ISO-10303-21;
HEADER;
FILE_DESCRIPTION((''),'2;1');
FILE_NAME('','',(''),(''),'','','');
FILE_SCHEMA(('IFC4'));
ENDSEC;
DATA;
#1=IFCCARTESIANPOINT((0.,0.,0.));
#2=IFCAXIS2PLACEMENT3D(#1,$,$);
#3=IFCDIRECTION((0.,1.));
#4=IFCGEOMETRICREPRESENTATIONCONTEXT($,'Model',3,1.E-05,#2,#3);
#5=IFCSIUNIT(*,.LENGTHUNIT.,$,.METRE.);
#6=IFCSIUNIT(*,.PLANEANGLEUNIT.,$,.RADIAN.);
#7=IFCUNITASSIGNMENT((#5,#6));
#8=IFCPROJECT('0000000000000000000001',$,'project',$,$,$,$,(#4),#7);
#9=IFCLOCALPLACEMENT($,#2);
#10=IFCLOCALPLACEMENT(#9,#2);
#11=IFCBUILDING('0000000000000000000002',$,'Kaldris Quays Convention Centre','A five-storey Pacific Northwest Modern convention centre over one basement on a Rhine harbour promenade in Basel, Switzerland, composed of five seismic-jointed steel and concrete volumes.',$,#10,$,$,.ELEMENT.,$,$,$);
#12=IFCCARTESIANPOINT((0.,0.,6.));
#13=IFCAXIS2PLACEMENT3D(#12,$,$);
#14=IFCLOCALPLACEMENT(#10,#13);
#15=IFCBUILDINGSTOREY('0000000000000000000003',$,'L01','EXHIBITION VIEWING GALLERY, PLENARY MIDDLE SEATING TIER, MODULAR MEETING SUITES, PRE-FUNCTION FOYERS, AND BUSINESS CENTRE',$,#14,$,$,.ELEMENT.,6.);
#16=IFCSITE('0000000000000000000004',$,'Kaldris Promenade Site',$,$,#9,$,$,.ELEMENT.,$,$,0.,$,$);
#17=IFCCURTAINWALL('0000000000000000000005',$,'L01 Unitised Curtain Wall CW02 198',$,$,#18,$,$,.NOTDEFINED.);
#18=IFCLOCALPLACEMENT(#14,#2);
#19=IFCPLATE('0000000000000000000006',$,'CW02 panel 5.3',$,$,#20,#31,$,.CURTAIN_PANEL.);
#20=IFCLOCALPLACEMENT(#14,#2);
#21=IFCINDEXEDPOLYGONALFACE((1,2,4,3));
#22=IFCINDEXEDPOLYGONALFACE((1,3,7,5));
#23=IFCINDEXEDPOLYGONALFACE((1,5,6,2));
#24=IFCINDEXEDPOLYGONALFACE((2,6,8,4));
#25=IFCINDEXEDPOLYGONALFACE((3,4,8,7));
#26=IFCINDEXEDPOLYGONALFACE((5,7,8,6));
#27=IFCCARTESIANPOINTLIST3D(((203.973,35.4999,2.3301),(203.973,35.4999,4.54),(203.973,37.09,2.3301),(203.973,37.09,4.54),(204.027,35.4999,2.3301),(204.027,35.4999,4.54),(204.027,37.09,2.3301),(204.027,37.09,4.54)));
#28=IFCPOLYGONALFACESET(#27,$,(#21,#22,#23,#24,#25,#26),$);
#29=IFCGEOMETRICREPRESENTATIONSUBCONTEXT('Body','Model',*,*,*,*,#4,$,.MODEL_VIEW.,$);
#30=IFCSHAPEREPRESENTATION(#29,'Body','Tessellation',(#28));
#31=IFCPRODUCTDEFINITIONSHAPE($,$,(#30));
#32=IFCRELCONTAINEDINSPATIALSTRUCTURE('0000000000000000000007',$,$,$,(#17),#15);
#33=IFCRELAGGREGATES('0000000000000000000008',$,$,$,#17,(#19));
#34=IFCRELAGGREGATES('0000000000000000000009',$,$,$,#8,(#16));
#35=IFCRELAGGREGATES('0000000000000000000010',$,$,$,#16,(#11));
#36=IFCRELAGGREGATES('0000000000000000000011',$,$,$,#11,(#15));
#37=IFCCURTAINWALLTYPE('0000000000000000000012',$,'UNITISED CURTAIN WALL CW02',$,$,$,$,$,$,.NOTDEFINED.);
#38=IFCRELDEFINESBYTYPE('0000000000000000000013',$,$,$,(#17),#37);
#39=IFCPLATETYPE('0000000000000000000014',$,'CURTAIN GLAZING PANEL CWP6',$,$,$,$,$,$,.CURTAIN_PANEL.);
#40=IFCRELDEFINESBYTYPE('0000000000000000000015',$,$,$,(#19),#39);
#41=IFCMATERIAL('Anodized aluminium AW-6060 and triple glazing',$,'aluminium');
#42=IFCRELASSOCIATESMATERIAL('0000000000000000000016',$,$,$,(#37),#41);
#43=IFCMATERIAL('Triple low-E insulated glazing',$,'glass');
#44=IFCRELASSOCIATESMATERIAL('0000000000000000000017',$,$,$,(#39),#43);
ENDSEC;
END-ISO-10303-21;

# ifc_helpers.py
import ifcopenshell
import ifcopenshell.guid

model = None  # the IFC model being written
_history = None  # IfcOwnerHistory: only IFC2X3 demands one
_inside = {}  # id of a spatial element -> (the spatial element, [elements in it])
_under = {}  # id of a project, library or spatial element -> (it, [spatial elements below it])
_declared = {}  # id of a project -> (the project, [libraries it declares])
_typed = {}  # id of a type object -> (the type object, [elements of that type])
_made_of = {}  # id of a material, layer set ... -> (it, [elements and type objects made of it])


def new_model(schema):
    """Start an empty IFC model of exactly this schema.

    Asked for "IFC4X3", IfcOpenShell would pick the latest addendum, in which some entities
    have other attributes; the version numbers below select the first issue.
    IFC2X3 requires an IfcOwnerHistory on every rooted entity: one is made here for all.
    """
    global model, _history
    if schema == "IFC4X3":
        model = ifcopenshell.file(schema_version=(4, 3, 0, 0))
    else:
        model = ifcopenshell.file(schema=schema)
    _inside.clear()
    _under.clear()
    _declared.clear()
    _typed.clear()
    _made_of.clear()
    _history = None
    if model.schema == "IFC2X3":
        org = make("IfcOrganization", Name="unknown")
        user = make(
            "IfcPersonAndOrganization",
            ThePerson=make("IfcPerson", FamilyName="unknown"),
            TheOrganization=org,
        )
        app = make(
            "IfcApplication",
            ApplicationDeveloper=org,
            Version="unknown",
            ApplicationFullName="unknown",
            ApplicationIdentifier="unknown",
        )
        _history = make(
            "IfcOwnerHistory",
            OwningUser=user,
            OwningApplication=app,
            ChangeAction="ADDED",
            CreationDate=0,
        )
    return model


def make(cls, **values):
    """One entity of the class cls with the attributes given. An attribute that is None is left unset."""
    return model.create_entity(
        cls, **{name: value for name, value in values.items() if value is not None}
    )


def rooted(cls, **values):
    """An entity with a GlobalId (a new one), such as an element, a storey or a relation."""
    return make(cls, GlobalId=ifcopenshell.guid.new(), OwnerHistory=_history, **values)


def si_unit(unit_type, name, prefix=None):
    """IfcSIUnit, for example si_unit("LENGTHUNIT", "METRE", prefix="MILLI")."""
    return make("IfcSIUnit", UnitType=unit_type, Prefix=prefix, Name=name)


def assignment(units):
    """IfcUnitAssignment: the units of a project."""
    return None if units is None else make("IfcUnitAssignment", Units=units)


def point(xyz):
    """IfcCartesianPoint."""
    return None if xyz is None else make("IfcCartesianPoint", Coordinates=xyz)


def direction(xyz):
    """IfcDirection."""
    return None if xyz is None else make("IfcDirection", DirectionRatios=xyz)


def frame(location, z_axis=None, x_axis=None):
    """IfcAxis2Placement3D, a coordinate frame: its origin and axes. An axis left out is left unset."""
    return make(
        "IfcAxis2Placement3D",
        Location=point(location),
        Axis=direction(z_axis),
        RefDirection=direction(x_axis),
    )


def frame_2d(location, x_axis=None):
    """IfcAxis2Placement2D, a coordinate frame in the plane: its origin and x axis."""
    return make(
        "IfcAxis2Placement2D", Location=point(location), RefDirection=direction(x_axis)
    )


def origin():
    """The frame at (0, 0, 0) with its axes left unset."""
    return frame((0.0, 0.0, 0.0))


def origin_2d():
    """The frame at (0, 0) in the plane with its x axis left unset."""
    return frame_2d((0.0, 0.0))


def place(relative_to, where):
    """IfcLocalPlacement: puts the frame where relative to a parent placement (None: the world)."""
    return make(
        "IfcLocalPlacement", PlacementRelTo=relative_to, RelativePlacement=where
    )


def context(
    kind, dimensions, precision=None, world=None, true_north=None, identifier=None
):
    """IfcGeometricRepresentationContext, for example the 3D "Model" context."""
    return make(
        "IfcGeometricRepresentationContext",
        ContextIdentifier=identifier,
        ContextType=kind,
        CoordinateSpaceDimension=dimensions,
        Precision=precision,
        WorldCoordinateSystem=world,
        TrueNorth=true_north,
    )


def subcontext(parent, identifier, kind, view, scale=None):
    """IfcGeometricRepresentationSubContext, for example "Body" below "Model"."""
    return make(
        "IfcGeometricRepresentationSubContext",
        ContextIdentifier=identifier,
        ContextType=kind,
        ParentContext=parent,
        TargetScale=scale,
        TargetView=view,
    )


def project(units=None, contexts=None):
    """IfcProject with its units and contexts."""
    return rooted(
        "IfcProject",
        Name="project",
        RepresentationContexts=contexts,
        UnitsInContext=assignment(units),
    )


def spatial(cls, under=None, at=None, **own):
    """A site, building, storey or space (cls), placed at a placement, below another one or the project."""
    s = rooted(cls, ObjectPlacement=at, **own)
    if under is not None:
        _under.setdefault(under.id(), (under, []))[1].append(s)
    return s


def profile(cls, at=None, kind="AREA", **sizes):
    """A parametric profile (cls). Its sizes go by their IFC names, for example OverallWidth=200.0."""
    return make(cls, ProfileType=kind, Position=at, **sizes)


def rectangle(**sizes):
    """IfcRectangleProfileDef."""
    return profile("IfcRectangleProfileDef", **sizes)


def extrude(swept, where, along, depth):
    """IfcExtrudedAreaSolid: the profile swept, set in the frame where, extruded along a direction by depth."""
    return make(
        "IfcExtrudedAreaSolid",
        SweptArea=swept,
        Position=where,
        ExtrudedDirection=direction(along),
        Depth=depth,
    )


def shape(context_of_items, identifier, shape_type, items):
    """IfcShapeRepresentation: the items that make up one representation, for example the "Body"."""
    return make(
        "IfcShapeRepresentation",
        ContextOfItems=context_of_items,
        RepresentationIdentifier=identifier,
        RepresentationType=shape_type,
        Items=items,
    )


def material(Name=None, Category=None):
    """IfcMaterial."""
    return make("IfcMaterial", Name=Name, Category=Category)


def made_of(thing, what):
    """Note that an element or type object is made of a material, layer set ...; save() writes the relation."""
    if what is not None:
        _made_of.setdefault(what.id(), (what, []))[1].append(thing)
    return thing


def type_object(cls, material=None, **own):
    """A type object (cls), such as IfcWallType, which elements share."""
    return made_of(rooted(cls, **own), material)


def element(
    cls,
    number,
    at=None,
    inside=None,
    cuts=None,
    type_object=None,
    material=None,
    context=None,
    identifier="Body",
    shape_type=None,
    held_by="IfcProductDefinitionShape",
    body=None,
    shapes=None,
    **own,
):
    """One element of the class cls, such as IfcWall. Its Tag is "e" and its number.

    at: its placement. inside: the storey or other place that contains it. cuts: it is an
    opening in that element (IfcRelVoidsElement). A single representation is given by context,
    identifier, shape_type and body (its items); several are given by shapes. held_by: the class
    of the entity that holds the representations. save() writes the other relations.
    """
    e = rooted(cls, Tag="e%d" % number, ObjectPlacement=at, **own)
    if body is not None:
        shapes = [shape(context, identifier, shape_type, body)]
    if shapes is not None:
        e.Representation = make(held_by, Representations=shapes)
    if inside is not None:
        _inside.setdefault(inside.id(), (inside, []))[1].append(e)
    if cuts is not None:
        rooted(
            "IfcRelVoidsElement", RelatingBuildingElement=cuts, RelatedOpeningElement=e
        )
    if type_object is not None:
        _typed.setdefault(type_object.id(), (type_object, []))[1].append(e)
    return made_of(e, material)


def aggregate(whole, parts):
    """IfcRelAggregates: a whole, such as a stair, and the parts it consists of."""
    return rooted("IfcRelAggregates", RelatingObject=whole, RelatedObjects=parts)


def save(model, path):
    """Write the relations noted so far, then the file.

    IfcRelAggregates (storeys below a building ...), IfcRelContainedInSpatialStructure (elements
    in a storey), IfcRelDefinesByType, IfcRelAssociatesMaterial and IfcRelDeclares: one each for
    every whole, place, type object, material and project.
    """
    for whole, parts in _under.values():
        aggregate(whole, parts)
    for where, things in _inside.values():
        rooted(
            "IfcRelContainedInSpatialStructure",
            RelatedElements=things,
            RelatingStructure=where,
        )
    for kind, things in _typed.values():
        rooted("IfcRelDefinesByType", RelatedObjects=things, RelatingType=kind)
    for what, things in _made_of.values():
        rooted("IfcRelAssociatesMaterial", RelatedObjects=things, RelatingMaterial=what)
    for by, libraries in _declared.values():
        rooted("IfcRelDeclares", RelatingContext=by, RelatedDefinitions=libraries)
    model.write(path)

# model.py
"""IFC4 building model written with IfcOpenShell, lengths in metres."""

from ifc_helpers import new_model, si_unit, direction, frame, origin, origin_2d, place, context, subcontext, project, spatial, rectangle, extrude, material, type_object, element, aggregate, save


model = new_model("IFC4")

# Units and contexts
model_context = context("Model", 3, precision=1e-05, world=origin(), true_north=direction((0.0, 1.0)))
body_context = subcontext(model_context, "Body", "Model", "MODEL_VIEW")
ifc_project = project(units=[si_unit("LENGTHUNIT", "METRE"), si_unit("PLANEANGLEUNIT", "RADIAN")], contexts=[model_context])

# Site, building, storey
site_placement = place(None, origin())
site = spatial("IfcSite", under=ifc_project, at=site_placement, Name="Kaldris Promenade Site", CompositionType="ELEMENT", RefElevation=0.0)
building_placement = place(site_placement, origin())
building = spatial("IfcBuilding", under=site, at=building_placement, Name="Kaldris Quays Convention Centre", Description="A five-storey Pacific Northwest Modern convention centre over one basement on a Rhine harbour promenade in Basel, Switzerland, composed of five seismic-jointed steel and concrete volumes.", CompositionType="ELEMENT")
storey_placement = place(building_placement, frame((0.0, 0.0, 6.0)))
storey = spatial("IfcBuildingStorey", under=building, at=storey_placement, Name="L01", Description="EXHIBITION VIEWING GALLERY, PLENARY MIDDLE SEATING TIER, MODULAR MEETING SUITES, PRE-FUNCTION FOYERS, AND BUSINESS CENTRE", CompositionType="ELEMENT", Elevation=6.0)

# Curtain wall, plate
ifc_material_1 = material(Name="Anodized aluminium AW-6060 and triple glazing", Category="aluminium")
curtain_wall_type = type_object("IfcCurtainWallType", Name="UNITISED CURTAIN WALL CW02", PredefinedType="NOTDEFINED", material=ifc_material_1)
curtain_wall_placement = place(storey_placement, origin())
curtain_wall = element("IfcCurtainWall", 1, at=curtain_wall_placement, inside=storey, type_object=curtain_wall_type, Name="L01 Unitised Curtain Wall CW02 198", PredefinedType="NOTDEFINED")
ifc_material_2 = material(Name="Triple low-E insulated glazing", Category="glass")
plate_type = type_object("IfcPlateType", Name="CURTAIN GLAZING PANEL CWP6", PredefinedType="CURTAIN_PANEL", material=ifc_material_2)
plate_1_placement = place(storey_placement, frame((204.0, 36.2949, 2.3301), z_axis=(0.0, 0.0, 1.0), x_axis=(0.0, 1.0, 0.0)))
plate_1 = element("IfcPlate", 2, at=plate_1_placement, type_object=plate_type, Name="CW02 panel 5.3", PredefinedType="CURTAIN_PANEL", context=body_context, shape_type="SweptSolid", body=[
    extrude(rectangle(XDim=1.5901, YDim=0.054, at=origin_2d()), origin(), (0.0, 0.0, 1.0), 2.21),
])
aggregate(curtain_wall, [plate_1])

save(model, "model.ifc")
